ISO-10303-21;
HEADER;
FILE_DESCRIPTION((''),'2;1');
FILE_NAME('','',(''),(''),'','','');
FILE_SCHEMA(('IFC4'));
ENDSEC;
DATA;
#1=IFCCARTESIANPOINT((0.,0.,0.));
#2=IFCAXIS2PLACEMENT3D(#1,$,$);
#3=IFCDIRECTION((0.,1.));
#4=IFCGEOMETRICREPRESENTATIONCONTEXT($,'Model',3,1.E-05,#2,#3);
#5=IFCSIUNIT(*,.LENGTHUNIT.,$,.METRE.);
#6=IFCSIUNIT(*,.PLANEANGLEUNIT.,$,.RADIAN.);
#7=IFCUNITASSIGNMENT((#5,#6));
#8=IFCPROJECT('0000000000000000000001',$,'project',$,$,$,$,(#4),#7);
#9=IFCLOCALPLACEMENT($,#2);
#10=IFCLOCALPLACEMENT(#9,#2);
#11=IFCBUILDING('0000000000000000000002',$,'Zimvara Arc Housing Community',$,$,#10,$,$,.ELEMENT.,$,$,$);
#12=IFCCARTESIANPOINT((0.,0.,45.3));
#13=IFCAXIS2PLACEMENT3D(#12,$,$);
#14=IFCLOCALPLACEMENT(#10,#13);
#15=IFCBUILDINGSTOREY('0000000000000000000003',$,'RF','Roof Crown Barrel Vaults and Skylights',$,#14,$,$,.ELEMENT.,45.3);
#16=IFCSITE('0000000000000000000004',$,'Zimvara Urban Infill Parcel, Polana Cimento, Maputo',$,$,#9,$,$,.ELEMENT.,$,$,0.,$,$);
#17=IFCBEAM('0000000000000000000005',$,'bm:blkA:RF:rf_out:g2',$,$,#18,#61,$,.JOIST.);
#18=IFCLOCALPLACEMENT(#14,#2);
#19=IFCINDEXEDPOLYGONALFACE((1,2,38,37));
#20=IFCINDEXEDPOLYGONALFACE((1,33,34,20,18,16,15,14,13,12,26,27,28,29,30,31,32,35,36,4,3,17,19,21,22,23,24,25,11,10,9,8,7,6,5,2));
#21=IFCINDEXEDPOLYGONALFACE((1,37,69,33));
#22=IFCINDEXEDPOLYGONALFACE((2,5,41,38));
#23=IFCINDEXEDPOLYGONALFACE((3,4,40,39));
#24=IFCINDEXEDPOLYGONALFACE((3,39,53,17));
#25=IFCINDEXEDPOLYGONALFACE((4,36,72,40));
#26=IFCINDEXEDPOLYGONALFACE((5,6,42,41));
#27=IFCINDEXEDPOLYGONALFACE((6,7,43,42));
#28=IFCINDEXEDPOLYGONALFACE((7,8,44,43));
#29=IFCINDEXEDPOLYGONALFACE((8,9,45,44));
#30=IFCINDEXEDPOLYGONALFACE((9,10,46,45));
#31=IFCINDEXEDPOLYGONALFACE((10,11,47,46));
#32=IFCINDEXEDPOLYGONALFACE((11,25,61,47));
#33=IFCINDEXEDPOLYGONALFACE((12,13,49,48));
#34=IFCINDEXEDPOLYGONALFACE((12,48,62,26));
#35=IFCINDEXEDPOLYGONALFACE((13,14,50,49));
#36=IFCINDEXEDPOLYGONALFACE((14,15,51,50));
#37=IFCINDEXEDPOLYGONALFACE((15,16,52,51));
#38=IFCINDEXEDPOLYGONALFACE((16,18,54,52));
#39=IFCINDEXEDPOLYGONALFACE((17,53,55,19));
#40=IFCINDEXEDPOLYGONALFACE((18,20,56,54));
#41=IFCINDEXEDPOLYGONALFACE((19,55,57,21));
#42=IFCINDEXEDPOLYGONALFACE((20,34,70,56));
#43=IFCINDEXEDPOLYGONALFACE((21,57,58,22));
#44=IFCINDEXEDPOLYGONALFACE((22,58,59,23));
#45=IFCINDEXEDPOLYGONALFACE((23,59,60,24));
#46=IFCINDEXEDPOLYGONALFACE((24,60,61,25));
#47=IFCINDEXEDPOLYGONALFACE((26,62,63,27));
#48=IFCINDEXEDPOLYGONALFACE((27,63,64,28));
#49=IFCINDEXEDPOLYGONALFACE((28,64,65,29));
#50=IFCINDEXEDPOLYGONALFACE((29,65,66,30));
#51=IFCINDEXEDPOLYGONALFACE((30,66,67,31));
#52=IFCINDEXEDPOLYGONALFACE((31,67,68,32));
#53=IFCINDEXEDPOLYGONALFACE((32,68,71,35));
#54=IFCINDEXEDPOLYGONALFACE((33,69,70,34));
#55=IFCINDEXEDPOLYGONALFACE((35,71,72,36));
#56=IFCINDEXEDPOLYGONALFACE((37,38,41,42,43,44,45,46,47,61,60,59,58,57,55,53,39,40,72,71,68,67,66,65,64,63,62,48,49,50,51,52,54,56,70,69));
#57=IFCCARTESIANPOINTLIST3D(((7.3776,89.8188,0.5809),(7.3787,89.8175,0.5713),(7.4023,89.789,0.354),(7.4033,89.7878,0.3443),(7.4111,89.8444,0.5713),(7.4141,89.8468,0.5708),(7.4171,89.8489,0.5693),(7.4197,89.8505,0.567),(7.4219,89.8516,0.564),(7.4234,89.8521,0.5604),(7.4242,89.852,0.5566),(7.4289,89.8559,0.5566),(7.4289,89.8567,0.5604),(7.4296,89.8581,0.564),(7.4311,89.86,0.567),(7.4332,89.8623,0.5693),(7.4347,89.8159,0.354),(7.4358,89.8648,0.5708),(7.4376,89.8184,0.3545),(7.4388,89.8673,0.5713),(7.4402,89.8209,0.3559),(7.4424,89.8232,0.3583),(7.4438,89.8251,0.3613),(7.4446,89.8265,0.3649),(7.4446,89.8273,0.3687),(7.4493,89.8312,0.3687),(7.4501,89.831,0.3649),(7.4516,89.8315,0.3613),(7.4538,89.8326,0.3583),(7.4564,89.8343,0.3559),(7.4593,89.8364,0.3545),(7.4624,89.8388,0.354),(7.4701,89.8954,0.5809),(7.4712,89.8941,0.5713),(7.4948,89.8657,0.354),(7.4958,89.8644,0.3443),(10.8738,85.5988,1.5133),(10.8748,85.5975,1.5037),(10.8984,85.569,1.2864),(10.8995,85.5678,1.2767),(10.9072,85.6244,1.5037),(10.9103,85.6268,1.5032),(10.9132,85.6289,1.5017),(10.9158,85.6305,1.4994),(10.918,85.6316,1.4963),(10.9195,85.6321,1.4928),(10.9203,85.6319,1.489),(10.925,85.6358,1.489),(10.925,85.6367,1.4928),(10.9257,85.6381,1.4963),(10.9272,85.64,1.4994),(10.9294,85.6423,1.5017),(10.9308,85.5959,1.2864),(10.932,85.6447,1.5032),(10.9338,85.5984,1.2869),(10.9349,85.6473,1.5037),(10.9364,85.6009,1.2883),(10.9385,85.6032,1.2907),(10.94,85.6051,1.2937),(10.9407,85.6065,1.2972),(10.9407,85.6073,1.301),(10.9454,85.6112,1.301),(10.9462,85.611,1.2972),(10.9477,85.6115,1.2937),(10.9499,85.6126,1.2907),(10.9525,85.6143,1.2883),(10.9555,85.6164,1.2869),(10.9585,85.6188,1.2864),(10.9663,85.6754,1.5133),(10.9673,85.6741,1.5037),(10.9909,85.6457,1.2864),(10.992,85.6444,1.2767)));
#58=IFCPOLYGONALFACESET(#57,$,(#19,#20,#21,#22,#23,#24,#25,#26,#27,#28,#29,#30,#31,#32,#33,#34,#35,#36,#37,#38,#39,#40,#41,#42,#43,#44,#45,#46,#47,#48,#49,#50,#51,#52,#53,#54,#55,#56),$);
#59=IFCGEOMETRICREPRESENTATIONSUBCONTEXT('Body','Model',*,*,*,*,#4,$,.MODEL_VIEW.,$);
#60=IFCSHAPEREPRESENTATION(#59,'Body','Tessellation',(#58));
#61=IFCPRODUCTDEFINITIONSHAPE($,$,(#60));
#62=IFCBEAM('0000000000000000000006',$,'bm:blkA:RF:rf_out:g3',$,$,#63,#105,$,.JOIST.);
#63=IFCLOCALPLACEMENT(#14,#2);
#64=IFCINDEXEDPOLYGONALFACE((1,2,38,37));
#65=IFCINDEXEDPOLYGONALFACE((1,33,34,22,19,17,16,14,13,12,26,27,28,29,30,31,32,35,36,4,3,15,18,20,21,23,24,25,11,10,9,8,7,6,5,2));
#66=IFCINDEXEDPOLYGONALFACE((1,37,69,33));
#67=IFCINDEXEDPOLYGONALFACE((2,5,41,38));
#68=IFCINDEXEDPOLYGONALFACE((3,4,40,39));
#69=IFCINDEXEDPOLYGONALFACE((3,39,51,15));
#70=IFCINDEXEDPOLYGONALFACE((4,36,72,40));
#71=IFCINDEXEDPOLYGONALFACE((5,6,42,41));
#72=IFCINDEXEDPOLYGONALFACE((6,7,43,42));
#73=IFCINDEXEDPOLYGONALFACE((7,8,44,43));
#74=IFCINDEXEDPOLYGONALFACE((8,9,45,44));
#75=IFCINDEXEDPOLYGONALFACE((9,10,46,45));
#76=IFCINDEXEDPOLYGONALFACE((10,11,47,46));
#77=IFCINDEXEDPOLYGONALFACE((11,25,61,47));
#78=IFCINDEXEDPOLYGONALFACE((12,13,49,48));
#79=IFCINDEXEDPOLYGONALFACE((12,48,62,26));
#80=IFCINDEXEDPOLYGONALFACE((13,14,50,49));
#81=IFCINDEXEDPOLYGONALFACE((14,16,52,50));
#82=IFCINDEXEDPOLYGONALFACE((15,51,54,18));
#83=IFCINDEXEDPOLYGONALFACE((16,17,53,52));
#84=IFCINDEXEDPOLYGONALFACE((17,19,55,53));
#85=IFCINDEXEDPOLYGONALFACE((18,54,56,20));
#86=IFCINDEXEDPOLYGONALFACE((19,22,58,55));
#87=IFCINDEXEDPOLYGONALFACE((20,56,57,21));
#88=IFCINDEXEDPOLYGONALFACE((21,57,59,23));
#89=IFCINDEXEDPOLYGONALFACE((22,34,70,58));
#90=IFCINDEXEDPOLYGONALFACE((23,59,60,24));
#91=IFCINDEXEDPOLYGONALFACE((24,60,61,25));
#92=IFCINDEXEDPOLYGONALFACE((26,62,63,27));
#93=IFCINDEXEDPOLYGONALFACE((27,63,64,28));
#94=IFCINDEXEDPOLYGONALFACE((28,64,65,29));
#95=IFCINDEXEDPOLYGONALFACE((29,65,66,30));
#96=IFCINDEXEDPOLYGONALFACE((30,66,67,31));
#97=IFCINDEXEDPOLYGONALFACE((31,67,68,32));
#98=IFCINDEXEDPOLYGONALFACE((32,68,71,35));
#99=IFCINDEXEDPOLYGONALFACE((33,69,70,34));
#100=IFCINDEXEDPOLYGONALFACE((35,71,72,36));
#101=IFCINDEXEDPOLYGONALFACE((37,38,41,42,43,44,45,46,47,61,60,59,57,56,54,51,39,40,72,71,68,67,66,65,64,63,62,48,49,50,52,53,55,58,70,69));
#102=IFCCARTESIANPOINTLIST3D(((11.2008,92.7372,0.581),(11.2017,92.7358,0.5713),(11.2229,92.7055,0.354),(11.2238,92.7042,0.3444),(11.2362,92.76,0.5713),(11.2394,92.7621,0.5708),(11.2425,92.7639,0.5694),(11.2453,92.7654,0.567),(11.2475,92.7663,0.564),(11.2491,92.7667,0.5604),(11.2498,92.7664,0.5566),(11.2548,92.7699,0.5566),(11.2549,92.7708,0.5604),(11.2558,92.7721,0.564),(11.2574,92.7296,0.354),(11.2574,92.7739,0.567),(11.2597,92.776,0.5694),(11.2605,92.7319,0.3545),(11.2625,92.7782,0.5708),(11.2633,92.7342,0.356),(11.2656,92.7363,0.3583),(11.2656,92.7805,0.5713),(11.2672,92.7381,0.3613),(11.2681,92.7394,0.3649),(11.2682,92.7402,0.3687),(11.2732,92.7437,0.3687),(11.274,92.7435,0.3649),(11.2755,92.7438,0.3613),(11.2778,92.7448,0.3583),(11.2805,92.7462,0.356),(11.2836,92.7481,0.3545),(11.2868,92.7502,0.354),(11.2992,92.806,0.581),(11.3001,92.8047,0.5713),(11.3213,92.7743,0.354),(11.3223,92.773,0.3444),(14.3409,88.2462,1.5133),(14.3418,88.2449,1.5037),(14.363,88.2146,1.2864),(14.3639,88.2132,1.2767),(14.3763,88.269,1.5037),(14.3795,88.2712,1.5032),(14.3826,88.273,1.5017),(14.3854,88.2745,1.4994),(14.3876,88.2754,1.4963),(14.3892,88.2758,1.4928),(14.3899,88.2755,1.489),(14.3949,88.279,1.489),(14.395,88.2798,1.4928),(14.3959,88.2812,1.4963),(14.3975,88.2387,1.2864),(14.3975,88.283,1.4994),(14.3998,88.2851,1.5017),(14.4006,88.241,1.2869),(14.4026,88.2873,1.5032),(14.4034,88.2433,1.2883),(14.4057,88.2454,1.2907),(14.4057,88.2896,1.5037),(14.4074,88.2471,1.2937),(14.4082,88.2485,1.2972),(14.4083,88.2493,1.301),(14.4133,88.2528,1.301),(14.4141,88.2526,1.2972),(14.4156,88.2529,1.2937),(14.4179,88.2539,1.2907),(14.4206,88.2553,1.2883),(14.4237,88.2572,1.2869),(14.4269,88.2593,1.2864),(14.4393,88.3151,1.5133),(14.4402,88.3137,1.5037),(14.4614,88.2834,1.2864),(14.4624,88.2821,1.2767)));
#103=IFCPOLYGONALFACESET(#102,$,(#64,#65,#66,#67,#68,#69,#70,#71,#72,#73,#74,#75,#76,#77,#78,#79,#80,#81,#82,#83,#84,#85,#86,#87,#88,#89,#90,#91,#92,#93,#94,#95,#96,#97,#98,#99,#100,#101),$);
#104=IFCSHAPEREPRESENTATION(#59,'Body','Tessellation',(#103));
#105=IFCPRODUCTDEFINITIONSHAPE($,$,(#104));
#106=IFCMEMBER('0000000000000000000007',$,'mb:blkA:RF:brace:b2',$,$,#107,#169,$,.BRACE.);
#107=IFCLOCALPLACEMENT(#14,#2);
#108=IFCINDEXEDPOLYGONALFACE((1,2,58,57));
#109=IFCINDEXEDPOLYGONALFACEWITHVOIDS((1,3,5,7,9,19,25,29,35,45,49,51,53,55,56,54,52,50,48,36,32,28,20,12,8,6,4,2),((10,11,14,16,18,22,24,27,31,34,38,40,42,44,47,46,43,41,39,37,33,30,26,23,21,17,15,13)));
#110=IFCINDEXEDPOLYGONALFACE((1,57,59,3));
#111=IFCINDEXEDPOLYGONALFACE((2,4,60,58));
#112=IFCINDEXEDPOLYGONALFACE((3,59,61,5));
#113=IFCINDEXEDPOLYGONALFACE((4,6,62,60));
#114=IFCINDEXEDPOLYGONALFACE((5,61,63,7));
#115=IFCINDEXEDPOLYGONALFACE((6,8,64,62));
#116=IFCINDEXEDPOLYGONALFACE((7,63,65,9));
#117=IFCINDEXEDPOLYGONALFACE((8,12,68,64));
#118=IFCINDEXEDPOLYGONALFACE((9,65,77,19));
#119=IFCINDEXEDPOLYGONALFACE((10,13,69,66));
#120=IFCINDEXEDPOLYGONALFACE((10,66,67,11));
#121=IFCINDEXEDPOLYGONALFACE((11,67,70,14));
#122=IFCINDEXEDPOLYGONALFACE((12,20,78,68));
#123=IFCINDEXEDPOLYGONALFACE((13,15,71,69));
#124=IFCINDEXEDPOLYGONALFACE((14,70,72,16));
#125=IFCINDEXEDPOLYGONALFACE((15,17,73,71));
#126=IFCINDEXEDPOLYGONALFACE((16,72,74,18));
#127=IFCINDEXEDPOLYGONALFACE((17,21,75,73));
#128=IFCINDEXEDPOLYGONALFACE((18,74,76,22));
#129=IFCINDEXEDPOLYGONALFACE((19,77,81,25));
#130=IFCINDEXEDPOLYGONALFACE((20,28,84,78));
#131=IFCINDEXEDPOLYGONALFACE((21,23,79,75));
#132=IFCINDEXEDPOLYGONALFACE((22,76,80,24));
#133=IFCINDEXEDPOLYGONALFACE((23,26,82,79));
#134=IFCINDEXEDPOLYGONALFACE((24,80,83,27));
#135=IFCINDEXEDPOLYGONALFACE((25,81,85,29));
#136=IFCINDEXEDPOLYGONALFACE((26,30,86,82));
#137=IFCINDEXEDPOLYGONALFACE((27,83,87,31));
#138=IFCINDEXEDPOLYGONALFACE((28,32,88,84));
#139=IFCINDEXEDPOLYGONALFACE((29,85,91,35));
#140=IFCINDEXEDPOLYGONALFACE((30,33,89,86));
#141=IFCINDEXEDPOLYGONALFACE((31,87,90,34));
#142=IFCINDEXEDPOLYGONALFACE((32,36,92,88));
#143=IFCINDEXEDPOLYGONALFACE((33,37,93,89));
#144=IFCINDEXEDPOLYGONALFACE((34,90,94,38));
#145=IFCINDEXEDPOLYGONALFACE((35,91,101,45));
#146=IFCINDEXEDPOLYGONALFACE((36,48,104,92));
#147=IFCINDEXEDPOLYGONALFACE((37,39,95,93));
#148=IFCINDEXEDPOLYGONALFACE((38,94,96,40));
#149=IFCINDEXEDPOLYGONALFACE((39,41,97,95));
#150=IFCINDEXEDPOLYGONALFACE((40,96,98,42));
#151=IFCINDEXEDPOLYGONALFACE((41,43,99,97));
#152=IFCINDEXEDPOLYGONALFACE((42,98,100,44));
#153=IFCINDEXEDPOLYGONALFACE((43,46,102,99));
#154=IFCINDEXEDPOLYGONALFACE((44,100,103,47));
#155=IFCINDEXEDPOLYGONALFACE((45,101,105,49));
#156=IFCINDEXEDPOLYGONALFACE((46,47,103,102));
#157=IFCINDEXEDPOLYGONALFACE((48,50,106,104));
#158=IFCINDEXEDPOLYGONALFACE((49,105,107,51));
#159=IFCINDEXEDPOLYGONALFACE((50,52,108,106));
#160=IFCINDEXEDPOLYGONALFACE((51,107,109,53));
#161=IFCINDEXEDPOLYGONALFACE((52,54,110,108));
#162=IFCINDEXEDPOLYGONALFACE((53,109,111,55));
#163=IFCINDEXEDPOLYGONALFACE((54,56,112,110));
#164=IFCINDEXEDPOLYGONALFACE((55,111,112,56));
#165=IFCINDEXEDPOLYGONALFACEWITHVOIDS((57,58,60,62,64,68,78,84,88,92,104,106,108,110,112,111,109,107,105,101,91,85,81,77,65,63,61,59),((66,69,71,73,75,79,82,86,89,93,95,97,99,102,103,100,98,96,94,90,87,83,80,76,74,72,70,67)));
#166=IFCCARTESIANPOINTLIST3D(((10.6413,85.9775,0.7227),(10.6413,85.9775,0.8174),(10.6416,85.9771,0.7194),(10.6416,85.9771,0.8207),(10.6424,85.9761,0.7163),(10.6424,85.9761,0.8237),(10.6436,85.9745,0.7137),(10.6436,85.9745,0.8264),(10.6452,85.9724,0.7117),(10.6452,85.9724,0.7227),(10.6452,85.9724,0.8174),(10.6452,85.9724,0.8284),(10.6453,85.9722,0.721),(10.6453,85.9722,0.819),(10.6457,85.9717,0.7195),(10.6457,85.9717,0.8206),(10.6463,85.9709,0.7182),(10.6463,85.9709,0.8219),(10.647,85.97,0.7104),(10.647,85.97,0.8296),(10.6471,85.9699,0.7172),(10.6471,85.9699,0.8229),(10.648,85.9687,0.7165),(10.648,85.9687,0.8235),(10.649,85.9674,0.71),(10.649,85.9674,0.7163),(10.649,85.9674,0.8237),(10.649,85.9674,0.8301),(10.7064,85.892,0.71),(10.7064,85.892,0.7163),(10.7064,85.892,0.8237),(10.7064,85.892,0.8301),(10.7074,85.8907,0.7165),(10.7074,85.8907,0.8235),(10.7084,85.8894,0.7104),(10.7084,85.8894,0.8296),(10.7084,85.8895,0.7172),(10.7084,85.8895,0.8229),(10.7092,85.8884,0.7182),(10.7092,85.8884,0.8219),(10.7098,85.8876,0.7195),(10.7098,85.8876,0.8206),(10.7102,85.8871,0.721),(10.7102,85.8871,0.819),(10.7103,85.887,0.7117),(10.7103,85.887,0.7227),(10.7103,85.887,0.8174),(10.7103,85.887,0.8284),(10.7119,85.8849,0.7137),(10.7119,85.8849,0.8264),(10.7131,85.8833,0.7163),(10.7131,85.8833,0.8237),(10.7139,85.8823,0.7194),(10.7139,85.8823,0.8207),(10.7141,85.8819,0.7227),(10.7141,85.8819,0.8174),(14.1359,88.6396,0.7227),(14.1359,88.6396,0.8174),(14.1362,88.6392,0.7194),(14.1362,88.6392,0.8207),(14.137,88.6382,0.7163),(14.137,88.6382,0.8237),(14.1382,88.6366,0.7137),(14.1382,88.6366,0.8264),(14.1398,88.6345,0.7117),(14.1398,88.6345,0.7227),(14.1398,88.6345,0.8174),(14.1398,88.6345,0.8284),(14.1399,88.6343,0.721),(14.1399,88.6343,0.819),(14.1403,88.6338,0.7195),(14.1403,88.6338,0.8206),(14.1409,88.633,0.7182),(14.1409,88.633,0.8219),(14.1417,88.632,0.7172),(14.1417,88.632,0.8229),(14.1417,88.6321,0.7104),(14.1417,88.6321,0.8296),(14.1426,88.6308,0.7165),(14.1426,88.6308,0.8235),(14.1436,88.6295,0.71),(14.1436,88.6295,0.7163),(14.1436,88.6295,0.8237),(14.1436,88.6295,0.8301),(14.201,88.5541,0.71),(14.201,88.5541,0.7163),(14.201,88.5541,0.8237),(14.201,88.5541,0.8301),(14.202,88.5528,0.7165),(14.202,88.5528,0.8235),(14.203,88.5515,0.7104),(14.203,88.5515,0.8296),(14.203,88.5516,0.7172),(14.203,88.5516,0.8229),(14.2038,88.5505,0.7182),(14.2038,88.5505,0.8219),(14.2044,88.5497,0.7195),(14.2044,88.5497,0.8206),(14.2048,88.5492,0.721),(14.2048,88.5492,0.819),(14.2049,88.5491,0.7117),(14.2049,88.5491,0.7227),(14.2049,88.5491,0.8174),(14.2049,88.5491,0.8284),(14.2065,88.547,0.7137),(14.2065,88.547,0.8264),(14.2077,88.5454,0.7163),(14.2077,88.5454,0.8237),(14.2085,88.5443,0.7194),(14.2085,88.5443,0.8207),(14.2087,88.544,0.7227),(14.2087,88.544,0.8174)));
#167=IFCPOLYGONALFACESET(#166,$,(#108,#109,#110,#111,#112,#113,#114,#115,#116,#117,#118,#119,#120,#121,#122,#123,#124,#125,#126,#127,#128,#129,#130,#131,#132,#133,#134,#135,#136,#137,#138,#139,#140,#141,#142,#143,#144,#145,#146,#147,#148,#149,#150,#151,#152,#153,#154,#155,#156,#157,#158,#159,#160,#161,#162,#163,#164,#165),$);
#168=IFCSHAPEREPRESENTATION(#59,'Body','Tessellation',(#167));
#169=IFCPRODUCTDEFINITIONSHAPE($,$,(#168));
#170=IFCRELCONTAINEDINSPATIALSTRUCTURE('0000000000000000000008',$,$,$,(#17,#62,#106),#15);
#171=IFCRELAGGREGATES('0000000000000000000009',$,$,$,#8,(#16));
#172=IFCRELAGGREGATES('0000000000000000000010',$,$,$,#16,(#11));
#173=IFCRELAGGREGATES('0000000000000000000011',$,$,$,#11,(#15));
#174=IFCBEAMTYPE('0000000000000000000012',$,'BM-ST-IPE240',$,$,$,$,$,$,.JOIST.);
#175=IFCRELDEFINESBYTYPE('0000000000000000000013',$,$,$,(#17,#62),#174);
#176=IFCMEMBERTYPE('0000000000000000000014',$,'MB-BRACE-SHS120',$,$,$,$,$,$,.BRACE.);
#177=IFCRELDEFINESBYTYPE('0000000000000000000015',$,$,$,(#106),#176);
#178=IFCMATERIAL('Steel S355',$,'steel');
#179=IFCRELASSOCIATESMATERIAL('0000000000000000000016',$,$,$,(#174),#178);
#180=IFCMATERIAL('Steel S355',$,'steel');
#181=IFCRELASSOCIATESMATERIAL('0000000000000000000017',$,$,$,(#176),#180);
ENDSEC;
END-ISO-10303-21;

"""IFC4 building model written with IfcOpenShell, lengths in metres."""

from ifc_helpers import new_model, si_unit, direction, frame, origin, origin_2d, place, context, subcontext, project, spatial, hollow_rectangle, i_section, extrude, material, material_profile, profile_set, type_object, element, save


model = new_model("IFC4")

# Units and contexts
model_context = context("Model", 3, precision=1e-05, world=origin(), true_north=direction((0.0, 1.0)))
body_context = subcontext(model_context, "Body", "Model", "MODEL_VIEW")
ifc_project = project(units=[si_unit("LENGTHUNIT", "METRE"), si_unit("PLANEANGLEUNIT", "RADIAN")], contexts=[model_context])

# Site, building, storey
site_placement = place(None, origin())
site = spatial("IfcSite", under=ifc_project, at=site_placement, Name="Zimvara Urban Infill Parcel, Polana Cimento, Maputo", CompositionType="ELEMENT", RefElevation=0.0)
building_placement = place(site_placement, origin())
building = spatial("IfcBuilding", under=site, at=building_placement, Name="Zimvara Arc Housing Community", CompositionType="ELEMENT")
storey_placement = place(building_placement, frame((0.0, 0.0, 45.3)))
storey = spatial("IfcBuildingStorey", under=building, at=storey_placement, Name="RF", Description="Roof Crown Barrel Vaults and Skylights", CompositionType="ELEMENT", Elevation=45.3)

# Beams
ifc_material_1 = material(Name="Steel S355", Category="steel")
ifc_material_profile_1 = material_profile(ifc_material_1, i_section(OverallWidth=0.1201, OverallDepth=0.24, WebThickness=0.0061, FlangeThickness=0.0098, FilletRadius=0.0149, at=origin_2d()), Name="IPE 240")
ifc_profile_set_1 = profile_set([ifc_material_profile_1], Name="Steel S355")
beam_type_1 = type_object("IfcBeamType", Name="BM-ST-IPE240", PredefinedType="JOIST", material=ifc_profile_set_1)
beam_1_placement = place(storey_placement, frame((10.9329, 85.6216, 1.395), z_axis=(-0.628931, 0.759153, -0.16773), x_axis=(-0.770062, -0.637969, 0.0)))
element("IfcBeam", 1, at=beam_1_placement, inside=storey, type_object=beam_type_1, Name="bm:blkA:RF:rf_out:g2", PredefinedType="JOIST", context=body_context, shape_type="SweptSolid", body=[
    extrude(i_section(OverallWidth=0.1201, OverallDepth=0.24, WebThickness=0.0061, FlangeThickness=0.0098, FilletRadius=0.0149, at=origin_2d()), origin(), (0.0, 0.0, 1.0), 5.5588),
])
beam_2_placement = place(storey_placement, frame((14.4016, 88.2642, 1.395), z_axis=(-0.56491, 0.807924, -0.167734), x_axis=(-0.819535, -0.573029, 0.0)))
element("IfcBeam", 2, at=beam_2_placement, inside=storey, type_object=beam_type_1, Name="bm:blkA:RF:rf_out:g3", PredefinedType="JOIST", context=body_context, shape_type="SweptSolid", body=[
    extrude(i_section(OverallWidth=0.1201, OverallDepth=0.24, WebThickness=0.0061, FlangeThickness=0.0098, FilletRadius=0.0149, at=origin_2d()), origin(), (0.0, 0.0, 1.0), 5.5586),
])

# Member
ifc_material_2 = material(Name="Steel S355", Category="steel")
ifc_material_profile_2 = material_profile(ifc_material_2, hollow_rectangle(XDim=0.1201, YDim=0.1201, WallThickness=0.0063, InnerFilletRadius=0.0063, OuterFilletRadius=0.0127, at=origin_2d()), Name="SHS 120x120x6.3")
ifc_profile_set_2 = profile_set([ifc_material_profile_2], Name="Steel S355")
member_type_1 = type_object("IfcMemberType", Name="MB-BRACE-SHS120", PredefinedType="BRACE", material=ifc_profile_set_2)
member_1_placement = place(storey_placement, frame((10.6777, 85.9297, 0.77), z_axis=(0.795483, 0.605976, 0.0), x_axis=(-0.605976, 0.795483, 0.0)))
element("IfcMember", 3, at=member_1_placement, inside=storey, type_object=member_type_1, Name="mb:blkA:RF:brace:b2", PredefinedType="BRACE", context=body_context, shape_type="SweptSolid", body=[
    extrude(hollow_rectangle(XDim=0.1201, YDim=0.1201, WallThickness=0.0063, InnerFilletRadius=0.0063, OuterFilletRadius=0.0127, at=origin_2d()), origin(), (0.0, 0.0, 1.0), 4.3931),
])

save(model, "model.ifc")
